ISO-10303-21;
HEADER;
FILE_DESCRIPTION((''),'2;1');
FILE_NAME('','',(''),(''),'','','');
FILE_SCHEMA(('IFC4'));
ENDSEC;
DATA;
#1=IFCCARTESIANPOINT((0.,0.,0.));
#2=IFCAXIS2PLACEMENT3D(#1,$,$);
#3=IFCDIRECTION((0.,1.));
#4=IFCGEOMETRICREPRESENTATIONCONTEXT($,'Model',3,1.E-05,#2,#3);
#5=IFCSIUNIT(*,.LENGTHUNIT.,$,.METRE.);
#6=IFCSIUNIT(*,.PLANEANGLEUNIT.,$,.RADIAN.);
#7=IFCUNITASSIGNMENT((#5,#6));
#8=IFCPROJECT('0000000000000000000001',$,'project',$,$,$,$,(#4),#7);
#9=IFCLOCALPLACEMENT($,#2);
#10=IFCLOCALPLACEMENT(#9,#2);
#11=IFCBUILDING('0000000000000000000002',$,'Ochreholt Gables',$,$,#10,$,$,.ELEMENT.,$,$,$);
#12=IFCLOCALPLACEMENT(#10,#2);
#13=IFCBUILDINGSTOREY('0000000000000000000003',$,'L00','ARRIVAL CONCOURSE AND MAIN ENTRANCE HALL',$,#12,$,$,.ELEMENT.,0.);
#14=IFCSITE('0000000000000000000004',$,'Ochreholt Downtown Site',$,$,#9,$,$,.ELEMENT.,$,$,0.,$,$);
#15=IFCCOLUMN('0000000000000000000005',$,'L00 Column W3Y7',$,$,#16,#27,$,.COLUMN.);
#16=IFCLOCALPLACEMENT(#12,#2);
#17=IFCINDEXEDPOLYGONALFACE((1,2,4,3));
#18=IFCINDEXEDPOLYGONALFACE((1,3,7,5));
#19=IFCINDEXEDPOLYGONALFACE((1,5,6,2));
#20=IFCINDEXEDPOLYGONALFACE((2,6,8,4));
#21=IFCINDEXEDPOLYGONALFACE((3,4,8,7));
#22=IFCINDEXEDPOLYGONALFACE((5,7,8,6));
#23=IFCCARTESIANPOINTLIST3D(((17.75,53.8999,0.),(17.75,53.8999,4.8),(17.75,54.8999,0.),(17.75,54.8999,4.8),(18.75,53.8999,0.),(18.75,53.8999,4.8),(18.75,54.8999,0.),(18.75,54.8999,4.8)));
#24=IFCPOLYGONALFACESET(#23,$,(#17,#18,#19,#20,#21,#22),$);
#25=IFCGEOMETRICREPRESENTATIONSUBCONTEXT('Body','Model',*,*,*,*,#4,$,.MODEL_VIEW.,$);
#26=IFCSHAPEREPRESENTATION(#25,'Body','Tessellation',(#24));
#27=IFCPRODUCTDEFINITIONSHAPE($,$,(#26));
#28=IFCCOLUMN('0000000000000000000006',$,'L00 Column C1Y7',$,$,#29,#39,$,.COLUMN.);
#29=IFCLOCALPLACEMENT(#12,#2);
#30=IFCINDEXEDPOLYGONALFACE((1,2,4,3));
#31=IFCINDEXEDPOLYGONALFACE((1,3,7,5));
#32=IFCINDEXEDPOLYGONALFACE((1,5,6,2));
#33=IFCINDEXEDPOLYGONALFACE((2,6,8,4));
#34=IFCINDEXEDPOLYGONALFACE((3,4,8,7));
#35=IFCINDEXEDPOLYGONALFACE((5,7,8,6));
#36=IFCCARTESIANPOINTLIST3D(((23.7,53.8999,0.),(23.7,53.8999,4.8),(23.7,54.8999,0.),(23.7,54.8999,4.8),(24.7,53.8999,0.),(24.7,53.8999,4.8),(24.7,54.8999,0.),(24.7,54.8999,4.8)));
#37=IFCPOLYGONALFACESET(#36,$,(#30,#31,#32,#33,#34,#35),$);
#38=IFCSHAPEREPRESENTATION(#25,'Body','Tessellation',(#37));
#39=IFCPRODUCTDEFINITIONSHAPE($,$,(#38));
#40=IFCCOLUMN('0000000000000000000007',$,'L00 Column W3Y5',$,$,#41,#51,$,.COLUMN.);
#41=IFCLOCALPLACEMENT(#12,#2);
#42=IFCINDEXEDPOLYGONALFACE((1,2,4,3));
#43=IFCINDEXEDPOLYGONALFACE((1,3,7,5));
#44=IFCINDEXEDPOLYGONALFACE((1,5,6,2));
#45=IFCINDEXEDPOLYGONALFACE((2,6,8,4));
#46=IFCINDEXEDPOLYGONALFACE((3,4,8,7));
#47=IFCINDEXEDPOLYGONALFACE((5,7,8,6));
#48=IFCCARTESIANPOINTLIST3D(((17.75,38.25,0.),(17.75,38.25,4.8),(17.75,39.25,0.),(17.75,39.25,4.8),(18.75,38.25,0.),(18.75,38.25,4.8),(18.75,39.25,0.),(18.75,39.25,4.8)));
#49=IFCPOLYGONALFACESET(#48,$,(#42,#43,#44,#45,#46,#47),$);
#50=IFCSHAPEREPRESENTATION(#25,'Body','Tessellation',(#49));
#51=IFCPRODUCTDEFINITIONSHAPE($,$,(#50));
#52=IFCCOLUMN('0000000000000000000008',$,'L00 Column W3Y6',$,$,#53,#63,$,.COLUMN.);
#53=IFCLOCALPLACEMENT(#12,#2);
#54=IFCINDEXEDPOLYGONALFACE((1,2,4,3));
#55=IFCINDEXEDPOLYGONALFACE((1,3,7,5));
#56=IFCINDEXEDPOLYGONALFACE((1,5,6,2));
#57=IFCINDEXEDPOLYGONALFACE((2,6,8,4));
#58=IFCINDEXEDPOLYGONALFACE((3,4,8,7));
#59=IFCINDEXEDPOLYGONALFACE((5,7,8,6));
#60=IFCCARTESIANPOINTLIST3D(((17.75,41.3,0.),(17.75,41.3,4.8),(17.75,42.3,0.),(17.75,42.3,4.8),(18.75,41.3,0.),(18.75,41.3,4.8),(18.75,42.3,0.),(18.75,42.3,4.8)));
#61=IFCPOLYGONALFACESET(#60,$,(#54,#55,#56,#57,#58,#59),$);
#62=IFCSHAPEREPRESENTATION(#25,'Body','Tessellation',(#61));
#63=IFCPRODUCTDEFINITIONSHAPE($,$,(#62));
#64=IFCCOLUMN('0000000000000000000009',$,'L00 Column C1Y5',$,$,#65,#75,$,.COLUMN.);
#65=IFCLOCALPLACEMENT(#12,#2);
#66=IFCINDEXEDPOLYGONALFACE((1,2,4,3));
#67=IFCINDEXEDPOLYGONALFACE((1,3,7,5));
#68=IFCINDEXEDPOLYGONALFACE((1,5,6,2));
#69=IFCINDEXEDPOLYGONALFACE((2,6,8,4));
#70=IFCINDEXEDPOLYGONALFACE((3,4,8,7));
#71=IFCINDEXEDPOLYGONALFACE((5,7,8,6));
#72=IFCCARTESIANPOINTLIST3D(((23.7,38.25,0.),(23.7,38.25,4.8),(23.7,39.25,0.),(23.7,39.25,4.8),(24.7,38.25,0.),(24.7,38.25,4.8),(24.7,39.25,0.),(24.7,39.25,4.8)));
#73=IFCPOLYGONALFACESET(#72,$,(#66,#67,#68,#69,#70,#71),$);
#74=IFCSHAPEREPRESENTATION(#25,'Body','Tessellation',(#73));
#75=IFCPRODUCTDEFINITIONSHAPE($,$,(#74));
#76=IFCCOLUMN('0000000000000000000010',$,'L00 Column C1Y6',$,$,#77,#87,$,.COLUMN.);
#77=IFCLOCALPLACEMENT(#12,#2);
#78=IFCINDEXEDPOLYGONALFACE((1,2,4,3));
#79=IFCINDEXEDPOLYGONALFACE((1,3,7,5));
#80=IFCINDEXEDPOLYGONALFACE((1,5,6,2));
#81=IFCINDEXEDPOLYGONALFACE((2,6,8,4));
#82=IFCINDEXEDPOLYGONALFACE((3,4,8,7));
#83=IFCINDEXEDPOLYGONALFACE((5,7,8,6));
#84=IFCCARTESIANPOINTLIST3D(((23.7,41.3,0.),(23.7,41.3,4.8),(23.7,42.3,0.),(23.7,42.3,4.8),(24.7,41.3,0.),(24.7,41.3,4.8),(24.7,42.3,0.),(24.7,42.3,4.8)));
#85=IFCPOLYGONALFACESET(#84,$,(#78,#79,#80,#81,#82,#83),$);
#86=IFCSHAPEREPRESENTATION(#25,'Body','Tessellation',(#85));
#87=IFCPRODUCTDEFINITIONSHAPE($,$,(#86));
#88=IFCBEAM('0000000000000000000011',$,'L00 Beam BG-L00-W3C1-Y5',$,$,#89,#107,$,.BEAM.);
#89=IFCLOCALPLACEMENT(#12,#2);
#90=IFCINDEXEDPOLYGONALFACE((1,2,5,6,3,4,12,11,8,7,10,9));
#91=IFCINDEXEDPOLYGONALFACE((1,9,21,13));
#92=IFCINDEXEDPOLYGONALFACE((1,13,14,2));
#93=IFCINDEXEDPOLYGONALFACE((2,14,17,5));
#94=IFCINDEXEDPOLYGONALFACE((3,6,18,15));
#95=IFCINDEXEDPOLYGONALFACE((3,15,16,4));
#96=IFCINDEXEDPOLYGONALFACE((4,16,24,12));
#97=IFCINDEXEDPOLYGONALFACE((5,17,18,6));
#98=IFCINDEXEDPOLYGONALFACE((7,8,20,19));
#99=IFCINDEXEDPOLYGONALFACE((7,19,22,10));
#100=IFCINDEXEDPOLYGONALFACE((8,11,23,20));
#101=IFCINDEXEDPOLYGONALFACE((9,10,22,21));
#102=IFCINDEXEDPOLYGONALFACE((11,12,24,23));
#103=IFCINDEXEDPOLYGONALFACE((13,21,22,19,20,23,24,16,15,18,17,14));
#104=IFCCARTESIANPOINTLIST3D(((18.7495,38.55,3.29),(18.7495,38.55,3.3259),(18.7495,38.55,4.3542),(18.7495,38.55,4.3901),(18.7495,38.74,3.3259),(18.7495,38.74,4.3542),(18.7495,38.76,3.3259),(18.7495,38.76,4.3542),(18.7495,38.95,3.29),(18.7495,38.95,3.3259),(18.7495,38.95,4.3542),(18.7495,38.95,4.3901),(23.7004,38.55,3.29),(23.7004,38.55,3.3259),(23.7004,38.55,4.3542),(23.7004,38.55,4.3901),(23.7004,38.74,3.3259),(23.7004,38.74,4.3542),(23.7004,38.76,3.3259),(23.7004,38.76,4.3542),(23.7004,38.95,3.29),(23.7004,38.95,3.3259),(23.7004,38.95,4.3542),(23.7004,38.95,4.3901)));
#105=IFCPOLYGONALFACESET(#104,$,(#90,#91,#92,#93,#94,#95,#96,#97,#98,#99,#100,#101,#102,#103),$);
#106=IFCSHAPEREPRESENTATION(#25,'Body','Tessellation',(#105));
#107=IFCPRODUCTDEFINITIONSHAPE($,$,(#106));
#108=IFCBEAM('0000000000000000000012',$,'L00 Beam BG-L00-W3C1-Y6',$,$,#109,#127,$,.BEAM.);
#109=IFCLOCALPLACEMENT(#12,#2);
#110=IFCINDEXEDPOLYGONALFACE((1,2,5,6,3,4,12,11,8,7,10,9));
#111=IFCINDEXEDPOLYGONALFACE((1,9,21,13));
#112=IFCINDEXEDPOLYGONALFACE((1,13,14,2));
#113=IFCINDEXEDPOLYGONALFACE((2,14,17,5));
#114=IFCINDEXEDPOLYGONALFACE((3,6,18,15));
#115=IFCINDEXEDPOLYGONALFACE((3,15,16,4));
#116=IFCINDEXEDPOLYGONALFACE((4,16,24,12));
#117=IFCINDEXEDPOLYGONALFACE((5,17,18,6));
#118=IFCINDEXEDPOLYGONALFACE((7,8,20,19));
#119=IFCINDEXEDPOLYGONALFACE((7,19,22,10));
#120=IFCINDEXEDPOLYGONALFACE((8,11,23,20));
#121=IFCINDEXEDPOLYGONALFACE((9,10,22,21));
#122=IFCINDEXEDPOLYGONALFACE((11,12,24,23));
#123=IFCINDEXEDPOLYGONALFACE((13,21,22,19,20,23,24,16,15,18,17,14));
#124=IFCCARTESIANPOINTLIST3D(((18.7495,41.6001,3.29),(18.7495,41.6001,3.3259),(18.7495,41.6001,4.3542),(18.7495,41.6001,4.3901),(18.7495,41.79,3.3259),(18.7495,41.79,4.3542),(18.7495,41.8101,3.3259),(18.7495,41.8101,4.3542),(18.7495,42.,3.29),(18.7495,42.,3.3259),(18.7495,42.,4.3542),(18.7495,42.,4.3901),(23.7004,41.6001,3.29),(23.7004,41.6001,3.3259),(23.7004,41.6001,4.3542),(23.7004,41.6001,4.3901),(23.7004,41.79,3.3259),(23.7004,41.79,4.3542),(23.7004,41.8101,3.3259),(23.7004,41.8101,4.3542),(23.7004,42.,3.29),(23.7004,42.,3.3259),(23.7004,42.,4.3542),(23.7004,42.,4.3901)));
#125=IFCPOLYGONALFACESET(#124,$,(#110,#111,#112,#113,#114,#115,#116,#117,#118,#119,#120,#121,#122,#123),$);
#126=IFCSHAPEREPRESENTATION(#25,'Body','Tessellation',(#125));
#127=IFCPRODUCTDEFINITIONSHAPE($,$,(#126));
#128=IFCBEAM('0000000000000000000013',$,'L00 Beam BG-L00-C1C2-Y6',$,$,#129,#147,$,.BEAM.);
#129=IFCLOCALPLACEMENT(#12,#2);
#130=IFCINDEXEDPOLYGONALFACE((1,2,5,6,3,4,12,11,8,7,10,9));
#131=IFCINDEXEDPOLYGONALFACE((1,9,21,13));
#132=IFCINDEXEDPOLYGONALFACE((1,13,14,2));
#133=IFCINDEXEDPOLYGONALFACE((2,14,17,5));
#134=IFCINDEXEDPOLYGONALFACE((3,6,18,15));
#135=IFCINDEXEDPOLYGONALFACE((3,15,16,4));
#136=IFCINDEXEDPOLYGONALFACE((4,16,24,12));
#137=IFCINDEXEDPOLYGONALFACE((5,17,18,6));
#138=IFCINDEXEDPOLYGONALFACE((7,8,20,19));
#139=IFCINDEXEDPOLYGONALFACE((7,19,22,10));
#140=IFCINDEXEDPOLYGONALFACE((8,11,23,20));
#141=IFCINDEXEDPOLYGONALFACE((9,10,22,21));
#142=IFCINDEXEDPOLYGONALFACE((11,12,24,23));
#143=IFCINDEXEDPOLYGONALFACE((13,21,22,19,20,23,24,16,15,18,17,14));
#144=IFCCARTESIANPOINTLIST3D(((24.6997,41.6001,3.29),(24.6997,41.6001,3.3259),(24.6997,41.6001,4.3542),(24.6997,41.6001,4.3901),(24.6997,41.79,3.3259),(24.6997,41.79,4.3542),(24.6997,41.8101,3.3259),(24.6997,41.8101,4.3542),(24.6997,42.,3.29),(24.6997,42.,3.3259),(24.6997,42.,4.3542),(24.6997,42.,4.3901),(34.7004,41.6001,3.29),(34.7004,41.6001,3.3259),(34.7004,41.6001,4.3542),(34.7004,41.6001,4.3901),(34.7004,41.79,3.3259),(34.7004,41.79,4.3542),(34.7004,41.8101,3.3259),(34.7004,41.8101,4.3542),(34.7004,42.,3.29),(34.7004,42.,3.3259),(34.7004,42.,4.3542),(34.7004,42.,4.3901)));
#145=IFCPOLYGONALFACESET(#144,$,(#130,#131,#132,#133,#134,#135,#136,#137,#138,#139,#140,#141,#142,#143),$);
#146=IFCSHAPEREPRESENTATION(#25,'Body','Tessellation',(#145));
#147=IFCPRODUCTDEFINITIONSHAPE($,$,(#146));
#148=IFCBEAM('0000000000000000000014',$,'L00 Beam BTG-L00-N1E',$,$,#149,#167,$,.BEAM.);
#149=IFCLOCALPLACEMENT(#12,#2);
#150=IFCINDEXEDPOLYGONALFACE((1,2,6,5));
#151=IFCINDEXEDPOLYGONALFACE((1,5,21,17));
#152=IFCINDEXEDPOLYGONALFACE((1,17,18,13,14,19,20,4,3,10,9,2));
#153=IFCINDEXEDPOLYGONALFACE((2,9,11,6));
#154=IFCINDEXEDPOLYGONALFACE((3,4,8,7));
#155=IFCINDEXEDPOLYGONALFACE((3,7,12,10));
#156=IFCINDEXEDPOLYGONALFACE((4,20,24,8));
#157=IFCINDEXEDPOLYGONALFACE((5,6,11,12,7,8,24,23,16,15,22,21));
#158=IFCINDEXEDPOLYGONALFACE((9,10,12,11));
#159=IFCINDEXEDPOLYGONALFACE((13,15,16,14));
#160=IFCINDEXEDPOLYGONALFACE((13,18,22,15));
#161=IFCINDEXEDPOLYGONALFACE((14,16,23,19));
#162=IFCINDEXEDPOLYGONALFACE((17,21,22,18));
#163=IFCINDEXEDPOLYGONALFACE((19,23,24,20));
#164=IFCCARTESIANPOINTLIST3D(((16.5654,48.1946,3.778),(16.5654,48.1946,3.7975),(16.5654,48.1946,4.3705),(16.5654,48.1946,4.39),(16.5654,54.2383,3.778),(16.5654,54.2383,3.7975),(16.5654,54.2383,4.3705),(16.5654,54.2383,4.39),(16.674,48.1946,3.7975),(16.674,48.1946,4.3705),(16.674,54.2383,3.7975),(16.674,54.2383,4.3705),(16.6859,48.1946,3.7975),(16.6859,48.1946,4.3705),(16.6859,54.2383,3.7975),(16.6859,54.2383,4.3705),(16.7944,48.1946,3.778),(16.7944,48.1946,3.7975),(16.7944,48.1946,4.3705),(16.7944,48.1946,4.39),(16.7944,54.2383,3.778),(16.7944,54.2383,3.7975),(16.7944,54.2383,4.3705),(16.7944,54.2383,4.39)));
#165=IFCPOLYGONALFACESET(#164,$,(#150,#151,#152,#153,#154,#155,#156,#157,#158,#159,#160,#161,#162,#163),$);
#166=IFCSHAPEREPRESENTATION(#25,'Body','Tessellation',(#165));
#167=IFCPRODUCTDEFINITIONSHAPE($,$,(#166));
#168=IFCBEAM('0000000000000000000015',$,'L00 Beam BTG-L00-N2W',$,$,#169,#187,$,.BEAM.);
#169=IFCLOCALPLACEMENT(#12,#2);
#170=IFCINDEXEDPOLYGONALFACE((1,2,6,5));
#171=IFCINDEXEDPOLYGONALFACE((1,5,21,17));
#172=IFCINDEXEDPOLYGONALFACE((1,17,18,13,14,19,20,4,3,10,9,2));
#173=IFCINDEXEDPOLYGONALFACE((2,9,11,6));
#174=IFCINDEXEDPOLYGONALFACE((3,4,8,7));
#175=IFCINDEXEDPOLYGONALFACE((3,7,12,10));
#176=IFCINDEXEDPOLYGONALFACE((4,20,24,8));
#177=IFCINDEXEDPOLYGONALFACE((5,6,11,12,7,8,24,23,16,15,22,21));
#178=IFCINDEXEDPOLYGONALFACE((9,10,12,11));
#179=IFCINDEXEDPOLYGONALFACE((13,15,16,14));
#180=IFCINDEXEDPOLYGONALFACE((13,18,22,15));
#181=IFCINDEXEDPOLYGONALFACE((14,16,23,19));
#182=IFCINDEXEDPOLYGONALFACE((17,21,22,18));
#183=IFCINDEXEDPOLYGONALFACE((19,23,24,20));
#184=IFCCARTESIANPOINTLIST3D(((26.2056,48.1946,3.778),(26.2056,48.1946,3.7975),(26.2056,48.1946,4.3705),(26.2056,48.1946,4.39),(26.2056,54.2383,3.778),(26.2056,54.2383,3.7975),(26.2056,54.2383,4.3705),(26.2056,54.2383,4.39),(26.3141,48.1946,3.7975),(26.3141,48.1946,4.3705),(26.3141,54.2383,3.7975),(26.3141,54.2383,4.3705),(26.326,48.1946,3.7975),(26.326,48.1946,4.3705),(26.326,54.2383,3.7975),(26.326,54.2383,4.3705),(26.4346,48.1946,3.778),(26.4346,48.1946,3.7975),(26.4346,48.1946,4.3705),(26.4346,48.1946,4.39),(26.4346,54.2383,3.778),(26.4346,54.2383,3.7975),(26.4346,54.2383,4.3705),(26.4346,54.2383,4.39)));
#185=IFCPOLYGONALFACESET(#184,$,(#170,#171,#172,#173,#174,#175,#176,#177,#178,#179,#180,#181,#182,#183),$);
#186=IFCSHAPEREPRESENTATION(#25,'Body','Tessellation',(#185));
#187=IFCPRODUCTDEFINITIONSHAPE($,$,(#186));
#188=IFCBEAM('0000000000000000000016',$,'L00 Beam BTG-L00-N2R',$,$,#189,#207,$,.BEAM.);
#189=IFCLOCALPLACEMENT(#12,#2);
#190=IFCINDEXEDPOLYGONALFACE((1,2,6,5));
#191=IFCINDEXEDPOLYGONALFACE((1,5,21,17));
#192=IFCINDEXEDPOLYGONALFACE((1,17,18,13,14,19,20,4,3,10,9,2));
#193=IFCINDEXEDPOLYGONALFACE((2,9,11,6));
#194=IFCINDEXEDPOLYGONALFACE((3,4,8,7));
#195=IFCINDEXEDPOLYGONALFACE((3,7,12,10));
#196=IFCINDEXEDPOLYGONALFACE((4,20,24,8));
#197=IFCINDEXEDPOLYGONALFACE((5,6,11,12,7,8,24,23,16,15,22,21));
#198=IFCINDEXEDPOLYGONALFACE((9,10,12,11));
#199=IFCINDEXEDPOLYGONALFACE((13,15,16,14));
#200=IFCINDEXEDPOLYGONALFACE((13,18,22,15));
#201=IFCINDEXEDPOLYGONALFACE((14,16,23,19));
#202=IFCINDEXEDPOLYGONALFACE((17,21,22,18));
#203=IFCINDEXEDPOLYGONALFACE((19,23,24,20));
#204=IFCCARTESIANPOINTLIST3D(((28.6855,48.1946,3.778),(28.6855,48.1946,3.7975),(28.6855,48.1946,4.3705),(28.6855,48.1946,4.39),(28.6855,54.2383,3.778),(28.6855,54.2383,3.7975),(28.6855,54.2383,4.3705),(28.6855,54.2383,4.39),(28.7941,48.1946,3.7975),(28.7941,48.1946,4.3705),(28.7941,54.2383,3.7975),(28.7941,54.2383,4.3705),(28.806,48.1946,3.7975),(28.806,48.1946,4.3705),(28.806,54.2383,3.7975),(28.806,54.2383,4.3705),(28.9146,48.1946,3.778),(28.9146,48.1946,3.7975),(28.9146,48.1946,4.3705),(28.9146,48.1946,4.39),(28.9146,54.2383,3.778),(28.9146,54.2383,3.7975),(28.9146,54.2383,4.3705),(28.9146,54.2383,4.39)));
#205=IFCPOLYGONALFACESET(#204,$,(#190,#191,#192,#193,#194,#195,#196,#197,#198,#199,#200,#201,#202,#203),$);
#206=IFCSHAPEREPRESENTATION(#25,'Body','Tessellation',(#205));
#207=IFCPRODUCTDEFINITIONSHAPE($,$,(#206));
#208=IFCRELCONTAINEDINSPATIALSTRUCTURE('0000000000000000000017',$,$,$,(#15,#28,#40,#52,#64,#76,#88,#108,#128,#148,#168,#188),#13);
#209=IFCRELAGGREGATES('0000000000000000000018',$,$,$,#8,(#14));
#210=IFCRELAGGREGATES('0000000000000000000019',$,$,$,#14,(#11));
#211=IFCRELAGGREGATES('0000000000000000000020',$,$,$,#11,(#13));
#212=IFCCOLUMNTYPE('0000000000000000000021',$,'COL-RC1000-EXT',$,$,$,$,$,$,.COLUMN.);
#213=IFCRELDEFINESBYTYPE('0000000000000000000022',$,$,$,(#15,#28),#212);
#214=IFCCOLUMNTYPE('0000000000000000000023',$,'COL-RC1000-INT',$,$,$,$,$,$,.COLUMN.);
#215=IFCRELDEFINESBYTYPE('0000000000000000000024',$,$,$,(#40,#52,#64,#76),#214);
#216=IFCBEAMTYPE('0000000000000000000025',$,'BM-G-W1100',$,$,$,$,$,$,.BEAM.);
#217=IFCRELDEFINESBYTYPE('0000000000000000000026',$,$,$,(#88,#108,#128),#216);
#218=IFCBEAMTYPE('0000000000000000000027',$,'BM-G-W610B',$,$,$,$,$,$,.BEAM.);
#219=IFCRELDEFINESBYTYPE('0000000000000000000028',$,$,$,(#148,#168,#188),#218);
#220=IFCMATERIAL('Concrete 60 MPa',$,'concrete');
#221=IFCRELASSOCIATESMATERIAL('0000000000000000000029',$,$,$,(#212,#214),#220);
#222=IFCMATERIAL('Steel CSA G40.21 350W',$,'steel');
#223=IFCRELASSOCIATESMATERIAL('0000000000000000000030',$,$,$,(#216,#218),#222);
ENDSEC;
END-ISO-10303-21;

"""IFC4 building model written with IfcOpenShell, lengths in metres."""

from ifc_helpers import new_model, si_unit, direction, frame, origin, origin_2d, place, context, subcontext, project, spatial, rectangle, i_section, extrude, material, material_profile, profile_set, type_object, element, save


model = new_model("IFC4")

# Units and contexts
model_context = context("Model", 3, precision=1e-05, world=origin(), true_north=direction((0.0, 1.0)))
body_context = subcontext(model_context, "Body", "Model", "MODEL_VIEW")
ifc_project = project(units=[si_unit("LENGTHUNIT", "METRE"), si_unit("PLANEANGLEUNIT", "RADIAN")], contexts=[model_context])

# Site, building, storey
site_placement = place(None, origin())
site = spatial("IfcSite", under=ifc_project, at=site_placement, Name="Ochreholt Downtown Site", CompositionType="ELEMENT", RefElevation=0.0)
building_placement = place(site_placement, origin())
building = spatial("IfcBuilding", under=site, at=building_placement, Name="Ochreholt Gables", CompositionType="ELEMENT")
storey_placement = place(building_placement, origin())
storey = spatial("IfcBuildingStorey", under=building, at=storey_placement, Name="L00", Description="ARRIVAL CONCOURSE AND MAIN ENTRANCE HALL", CompositionType="ELEMENT", Elevation=0.0)

# Columns
ifc_material_1 = material(Name="Concrete 60 MPa", Category="concrete")
ifc_material_profile_1 = material_profile(ifc_material_1, rectangle(XDim=1.0, YDim=1.0, at=origin_2d()), Name="RC1000X1000")
ifc_profile_set_1 = profile_set([ifc_material_profile_1], Name="Concrete 60 MPa")
column_type_1 = type_object("IfcColumnType", Name="COL-RC1000-EXT", PredefinedType="COLUMN", material=ifc_profile_set_1)
for number, where, z_axis, x_axis, name in (
    (1, (18.25, 54.3999, 0.0), (0.0, 0.0, 1.0), (1.0, 0.0, 0.0), "L00 Column W3Y7"),
    (2, (24.2, 54.3999, 0.0), (0.0, 0.0, 1.0), (1.0, 0.0, 0.0), "L00 Column C1Y7"),
):
    element("IfcColumn", number, at=place(storey_placement, frame(where, z_axis=z_axis, x_axis=x_axis)), inside=storey, type_object=column_type_1, Name=name, PredefinedType="COLUMN", context=body_context, shape_type="SweptSolid", body=[
        extrude(rectangle(XDim=1.0, YDim=1.0, at=origin_2d()), origin(), (0.0, 0.0, 1.0), 4.8),
    ])
ifc_material_profile_2 = material_profile(ifc_material_1, rectangle(XDim=1.0, YDim=1.0, at=origin_2d()), Name="RC1000X1000")
ifc_profile_set_2 = profile_set([ifc_material_profile_2], Name="Concrete 60 MPa")
column_type_2 = type_object("IfcColumnType", Name="COL-RC1000-INT", PredefinedType="COLUMN", material=ifc_profile_set_2)
for number, where, z_axis, x_axis, name in (
    (3, (18.25, 38.75, 0.0), (0.0, 0.0, 1.0), (1.0, 0.0, 0.0), "L00 Column W3Y5"),
    (4, (18.25, 41.8, 0.0), (0.0, 0.0, 1.0), (1.0, 0.0, 0.0), "L00 Column W3Y6"),
    (5, (24.2, 38.75, 0.0), (0.0, 0.0, 1.0), (1.0, 0.0, 0.0), "L00 Column C1Y5"),
    (6, (24.2, 41.8, 0.0), (0.0, 0.0, 1.0), (1.0, 0.0, 0.0), "L00 Column C1Y6"),
):
    element("IfcColumn", number, at=place(storey_placement, frame(where, z_axis=z_axis, x_axis=x_axis)), inside=storey, type_object=column_type_2, Name=name, PredefinedType="COLUMN", context=body_context, shape_type="SweptSolid", body=[
        extrude(rectangle(XDim=1.0, YDim=1.0, at=origin_2d()), origin(), (0.0, 0.0, 1.0), 4.8),
    ])

# Beams
ifc_material_2 = material(Name="Steel CSA G40.21 350W", Category="steel")
ifc_material_profile_3 = material_profile(ifc_material_2, i_section(OverallWidth=0.3999, OverallDepth=1.1001, WebThickness=0.02, FlangeThickness=0.0359, at=origin_2d()), Name="W1100X390")
ifc_profile_set_3 = profile_set([ifc_material_profile_3], Name="Steel CSA G40.21 350W")
beam_type_1 = type_object("IfcBeamType", Name="BM-G-W1100", PredefinedType="BEAM", material=ifc_profile_set_3)
for number, where, z_axis, x_axis, name in (
    (7, (18.7495, 38.75, 3.8401), (1.0, 0.0, 0.0), (0.0, 1.0, 0.0), "L00 Beam BG-L00-W3C1-Y5"),
    (8, (18.7495, 41.8, 3.8401), (1.0, 0.0, 0.0), (0.0, 1.0, 0.0), "L00 Beam BG-L00-W3C1-Y6"),
):
    element("IfcBeam", number, at=place(storey_placement, frame(where, z_axis=z_axis, x_axis=x_axis)), inside=storey, type_object=beam_type_1, Name=name, PredefinedType="BEAM", context=body_context, shape_type="SweptSolid", body=[
        extrude(i_section(OverallWidth=0.3999, OverallDepth=1.1001, WebThickness=0.02, FlangeThickness=0.0359, at=origin_2d()), origin(), (0.0, 0.0, 1.0), 4.9509),
    ])
beam_1_placement = place(storey_placement, frame((24.6997, 41.8, 3.8401), z_axis=(1.0, 0.0, 0.0), x_axis=(0.0, 1.0, 0.0)))
element("IfcBeam", 9, at=beam_1_placement, inside=storey, type_object=beam_type_1, Name="L00 Beam BG-L00-C1C2-Y6", PredefinedType="BEAM", context=body_context, shape_type="SweptSolid", body=[
    extrude(i_section(OverallWidth=0.3999, OverallDepth=1.1001, WebThickness=0.02, FlangeThickness=0.0359, at=origin_2d()), origin(), (0.0, 0.0, 1.0), 10.0007),
])
ifc_material_profile_4 = material_profile(ifc_material_2, i_section(OverallWidth=0.229, OverallDepth=0.6121, WebThickness=0.012, FlangeThickness=0.0195, at=origin_2d()), Name="W610X125")
ifc_profile_set_4 = profile_set([ifc_material_profile_4], Name="Steel CSA G40.21 350W")
beam_type_2 = type_object("IfcBeamType", Name="BM-G-W610B", PredefinedType="BEAM", material=ifc_profile_set_4)
for number, where, z_axis, x_axis, name in (
    (10, (16.6799, 48.1946, 4.084), (0.0, 1.0, 0.0), (-1.0, 0.0, 0.0), "L00 Beam BTG-L00-N1E"),
    (11, (26.3201, 48.1946, 4.084), (0.0, 1.0, 0.0), (-1.0, 0.0, 0.0), "L00 Beam BTG-L00-N2W"),
    (12, (28.8, 48.1946, 4.084), (0.0, 1.0, 0.0), (-1.0, 0.0, 0.0), "L00 Beam BTG-L00-N2R"),
):
    element("IfcBeam", number, at=place(storey_placement, frame(where, z_axis=z_axis, x_axis=x_axis)), inside=storey, type_object=beam_type_2, Name=name, PredefinedType="BEAM", context=body_context, shape_type="SweptSolid", body=[
        extrude(i_section(OverallWidth=0.229, OverallDepth=0.6121, WebThickness=0.012, FlangeThickness=0.0195, at=origin_2d()), origin(), (0.0, 0.0, 1.0), 6.0437),
    ])

save(model, "model.ifc")
